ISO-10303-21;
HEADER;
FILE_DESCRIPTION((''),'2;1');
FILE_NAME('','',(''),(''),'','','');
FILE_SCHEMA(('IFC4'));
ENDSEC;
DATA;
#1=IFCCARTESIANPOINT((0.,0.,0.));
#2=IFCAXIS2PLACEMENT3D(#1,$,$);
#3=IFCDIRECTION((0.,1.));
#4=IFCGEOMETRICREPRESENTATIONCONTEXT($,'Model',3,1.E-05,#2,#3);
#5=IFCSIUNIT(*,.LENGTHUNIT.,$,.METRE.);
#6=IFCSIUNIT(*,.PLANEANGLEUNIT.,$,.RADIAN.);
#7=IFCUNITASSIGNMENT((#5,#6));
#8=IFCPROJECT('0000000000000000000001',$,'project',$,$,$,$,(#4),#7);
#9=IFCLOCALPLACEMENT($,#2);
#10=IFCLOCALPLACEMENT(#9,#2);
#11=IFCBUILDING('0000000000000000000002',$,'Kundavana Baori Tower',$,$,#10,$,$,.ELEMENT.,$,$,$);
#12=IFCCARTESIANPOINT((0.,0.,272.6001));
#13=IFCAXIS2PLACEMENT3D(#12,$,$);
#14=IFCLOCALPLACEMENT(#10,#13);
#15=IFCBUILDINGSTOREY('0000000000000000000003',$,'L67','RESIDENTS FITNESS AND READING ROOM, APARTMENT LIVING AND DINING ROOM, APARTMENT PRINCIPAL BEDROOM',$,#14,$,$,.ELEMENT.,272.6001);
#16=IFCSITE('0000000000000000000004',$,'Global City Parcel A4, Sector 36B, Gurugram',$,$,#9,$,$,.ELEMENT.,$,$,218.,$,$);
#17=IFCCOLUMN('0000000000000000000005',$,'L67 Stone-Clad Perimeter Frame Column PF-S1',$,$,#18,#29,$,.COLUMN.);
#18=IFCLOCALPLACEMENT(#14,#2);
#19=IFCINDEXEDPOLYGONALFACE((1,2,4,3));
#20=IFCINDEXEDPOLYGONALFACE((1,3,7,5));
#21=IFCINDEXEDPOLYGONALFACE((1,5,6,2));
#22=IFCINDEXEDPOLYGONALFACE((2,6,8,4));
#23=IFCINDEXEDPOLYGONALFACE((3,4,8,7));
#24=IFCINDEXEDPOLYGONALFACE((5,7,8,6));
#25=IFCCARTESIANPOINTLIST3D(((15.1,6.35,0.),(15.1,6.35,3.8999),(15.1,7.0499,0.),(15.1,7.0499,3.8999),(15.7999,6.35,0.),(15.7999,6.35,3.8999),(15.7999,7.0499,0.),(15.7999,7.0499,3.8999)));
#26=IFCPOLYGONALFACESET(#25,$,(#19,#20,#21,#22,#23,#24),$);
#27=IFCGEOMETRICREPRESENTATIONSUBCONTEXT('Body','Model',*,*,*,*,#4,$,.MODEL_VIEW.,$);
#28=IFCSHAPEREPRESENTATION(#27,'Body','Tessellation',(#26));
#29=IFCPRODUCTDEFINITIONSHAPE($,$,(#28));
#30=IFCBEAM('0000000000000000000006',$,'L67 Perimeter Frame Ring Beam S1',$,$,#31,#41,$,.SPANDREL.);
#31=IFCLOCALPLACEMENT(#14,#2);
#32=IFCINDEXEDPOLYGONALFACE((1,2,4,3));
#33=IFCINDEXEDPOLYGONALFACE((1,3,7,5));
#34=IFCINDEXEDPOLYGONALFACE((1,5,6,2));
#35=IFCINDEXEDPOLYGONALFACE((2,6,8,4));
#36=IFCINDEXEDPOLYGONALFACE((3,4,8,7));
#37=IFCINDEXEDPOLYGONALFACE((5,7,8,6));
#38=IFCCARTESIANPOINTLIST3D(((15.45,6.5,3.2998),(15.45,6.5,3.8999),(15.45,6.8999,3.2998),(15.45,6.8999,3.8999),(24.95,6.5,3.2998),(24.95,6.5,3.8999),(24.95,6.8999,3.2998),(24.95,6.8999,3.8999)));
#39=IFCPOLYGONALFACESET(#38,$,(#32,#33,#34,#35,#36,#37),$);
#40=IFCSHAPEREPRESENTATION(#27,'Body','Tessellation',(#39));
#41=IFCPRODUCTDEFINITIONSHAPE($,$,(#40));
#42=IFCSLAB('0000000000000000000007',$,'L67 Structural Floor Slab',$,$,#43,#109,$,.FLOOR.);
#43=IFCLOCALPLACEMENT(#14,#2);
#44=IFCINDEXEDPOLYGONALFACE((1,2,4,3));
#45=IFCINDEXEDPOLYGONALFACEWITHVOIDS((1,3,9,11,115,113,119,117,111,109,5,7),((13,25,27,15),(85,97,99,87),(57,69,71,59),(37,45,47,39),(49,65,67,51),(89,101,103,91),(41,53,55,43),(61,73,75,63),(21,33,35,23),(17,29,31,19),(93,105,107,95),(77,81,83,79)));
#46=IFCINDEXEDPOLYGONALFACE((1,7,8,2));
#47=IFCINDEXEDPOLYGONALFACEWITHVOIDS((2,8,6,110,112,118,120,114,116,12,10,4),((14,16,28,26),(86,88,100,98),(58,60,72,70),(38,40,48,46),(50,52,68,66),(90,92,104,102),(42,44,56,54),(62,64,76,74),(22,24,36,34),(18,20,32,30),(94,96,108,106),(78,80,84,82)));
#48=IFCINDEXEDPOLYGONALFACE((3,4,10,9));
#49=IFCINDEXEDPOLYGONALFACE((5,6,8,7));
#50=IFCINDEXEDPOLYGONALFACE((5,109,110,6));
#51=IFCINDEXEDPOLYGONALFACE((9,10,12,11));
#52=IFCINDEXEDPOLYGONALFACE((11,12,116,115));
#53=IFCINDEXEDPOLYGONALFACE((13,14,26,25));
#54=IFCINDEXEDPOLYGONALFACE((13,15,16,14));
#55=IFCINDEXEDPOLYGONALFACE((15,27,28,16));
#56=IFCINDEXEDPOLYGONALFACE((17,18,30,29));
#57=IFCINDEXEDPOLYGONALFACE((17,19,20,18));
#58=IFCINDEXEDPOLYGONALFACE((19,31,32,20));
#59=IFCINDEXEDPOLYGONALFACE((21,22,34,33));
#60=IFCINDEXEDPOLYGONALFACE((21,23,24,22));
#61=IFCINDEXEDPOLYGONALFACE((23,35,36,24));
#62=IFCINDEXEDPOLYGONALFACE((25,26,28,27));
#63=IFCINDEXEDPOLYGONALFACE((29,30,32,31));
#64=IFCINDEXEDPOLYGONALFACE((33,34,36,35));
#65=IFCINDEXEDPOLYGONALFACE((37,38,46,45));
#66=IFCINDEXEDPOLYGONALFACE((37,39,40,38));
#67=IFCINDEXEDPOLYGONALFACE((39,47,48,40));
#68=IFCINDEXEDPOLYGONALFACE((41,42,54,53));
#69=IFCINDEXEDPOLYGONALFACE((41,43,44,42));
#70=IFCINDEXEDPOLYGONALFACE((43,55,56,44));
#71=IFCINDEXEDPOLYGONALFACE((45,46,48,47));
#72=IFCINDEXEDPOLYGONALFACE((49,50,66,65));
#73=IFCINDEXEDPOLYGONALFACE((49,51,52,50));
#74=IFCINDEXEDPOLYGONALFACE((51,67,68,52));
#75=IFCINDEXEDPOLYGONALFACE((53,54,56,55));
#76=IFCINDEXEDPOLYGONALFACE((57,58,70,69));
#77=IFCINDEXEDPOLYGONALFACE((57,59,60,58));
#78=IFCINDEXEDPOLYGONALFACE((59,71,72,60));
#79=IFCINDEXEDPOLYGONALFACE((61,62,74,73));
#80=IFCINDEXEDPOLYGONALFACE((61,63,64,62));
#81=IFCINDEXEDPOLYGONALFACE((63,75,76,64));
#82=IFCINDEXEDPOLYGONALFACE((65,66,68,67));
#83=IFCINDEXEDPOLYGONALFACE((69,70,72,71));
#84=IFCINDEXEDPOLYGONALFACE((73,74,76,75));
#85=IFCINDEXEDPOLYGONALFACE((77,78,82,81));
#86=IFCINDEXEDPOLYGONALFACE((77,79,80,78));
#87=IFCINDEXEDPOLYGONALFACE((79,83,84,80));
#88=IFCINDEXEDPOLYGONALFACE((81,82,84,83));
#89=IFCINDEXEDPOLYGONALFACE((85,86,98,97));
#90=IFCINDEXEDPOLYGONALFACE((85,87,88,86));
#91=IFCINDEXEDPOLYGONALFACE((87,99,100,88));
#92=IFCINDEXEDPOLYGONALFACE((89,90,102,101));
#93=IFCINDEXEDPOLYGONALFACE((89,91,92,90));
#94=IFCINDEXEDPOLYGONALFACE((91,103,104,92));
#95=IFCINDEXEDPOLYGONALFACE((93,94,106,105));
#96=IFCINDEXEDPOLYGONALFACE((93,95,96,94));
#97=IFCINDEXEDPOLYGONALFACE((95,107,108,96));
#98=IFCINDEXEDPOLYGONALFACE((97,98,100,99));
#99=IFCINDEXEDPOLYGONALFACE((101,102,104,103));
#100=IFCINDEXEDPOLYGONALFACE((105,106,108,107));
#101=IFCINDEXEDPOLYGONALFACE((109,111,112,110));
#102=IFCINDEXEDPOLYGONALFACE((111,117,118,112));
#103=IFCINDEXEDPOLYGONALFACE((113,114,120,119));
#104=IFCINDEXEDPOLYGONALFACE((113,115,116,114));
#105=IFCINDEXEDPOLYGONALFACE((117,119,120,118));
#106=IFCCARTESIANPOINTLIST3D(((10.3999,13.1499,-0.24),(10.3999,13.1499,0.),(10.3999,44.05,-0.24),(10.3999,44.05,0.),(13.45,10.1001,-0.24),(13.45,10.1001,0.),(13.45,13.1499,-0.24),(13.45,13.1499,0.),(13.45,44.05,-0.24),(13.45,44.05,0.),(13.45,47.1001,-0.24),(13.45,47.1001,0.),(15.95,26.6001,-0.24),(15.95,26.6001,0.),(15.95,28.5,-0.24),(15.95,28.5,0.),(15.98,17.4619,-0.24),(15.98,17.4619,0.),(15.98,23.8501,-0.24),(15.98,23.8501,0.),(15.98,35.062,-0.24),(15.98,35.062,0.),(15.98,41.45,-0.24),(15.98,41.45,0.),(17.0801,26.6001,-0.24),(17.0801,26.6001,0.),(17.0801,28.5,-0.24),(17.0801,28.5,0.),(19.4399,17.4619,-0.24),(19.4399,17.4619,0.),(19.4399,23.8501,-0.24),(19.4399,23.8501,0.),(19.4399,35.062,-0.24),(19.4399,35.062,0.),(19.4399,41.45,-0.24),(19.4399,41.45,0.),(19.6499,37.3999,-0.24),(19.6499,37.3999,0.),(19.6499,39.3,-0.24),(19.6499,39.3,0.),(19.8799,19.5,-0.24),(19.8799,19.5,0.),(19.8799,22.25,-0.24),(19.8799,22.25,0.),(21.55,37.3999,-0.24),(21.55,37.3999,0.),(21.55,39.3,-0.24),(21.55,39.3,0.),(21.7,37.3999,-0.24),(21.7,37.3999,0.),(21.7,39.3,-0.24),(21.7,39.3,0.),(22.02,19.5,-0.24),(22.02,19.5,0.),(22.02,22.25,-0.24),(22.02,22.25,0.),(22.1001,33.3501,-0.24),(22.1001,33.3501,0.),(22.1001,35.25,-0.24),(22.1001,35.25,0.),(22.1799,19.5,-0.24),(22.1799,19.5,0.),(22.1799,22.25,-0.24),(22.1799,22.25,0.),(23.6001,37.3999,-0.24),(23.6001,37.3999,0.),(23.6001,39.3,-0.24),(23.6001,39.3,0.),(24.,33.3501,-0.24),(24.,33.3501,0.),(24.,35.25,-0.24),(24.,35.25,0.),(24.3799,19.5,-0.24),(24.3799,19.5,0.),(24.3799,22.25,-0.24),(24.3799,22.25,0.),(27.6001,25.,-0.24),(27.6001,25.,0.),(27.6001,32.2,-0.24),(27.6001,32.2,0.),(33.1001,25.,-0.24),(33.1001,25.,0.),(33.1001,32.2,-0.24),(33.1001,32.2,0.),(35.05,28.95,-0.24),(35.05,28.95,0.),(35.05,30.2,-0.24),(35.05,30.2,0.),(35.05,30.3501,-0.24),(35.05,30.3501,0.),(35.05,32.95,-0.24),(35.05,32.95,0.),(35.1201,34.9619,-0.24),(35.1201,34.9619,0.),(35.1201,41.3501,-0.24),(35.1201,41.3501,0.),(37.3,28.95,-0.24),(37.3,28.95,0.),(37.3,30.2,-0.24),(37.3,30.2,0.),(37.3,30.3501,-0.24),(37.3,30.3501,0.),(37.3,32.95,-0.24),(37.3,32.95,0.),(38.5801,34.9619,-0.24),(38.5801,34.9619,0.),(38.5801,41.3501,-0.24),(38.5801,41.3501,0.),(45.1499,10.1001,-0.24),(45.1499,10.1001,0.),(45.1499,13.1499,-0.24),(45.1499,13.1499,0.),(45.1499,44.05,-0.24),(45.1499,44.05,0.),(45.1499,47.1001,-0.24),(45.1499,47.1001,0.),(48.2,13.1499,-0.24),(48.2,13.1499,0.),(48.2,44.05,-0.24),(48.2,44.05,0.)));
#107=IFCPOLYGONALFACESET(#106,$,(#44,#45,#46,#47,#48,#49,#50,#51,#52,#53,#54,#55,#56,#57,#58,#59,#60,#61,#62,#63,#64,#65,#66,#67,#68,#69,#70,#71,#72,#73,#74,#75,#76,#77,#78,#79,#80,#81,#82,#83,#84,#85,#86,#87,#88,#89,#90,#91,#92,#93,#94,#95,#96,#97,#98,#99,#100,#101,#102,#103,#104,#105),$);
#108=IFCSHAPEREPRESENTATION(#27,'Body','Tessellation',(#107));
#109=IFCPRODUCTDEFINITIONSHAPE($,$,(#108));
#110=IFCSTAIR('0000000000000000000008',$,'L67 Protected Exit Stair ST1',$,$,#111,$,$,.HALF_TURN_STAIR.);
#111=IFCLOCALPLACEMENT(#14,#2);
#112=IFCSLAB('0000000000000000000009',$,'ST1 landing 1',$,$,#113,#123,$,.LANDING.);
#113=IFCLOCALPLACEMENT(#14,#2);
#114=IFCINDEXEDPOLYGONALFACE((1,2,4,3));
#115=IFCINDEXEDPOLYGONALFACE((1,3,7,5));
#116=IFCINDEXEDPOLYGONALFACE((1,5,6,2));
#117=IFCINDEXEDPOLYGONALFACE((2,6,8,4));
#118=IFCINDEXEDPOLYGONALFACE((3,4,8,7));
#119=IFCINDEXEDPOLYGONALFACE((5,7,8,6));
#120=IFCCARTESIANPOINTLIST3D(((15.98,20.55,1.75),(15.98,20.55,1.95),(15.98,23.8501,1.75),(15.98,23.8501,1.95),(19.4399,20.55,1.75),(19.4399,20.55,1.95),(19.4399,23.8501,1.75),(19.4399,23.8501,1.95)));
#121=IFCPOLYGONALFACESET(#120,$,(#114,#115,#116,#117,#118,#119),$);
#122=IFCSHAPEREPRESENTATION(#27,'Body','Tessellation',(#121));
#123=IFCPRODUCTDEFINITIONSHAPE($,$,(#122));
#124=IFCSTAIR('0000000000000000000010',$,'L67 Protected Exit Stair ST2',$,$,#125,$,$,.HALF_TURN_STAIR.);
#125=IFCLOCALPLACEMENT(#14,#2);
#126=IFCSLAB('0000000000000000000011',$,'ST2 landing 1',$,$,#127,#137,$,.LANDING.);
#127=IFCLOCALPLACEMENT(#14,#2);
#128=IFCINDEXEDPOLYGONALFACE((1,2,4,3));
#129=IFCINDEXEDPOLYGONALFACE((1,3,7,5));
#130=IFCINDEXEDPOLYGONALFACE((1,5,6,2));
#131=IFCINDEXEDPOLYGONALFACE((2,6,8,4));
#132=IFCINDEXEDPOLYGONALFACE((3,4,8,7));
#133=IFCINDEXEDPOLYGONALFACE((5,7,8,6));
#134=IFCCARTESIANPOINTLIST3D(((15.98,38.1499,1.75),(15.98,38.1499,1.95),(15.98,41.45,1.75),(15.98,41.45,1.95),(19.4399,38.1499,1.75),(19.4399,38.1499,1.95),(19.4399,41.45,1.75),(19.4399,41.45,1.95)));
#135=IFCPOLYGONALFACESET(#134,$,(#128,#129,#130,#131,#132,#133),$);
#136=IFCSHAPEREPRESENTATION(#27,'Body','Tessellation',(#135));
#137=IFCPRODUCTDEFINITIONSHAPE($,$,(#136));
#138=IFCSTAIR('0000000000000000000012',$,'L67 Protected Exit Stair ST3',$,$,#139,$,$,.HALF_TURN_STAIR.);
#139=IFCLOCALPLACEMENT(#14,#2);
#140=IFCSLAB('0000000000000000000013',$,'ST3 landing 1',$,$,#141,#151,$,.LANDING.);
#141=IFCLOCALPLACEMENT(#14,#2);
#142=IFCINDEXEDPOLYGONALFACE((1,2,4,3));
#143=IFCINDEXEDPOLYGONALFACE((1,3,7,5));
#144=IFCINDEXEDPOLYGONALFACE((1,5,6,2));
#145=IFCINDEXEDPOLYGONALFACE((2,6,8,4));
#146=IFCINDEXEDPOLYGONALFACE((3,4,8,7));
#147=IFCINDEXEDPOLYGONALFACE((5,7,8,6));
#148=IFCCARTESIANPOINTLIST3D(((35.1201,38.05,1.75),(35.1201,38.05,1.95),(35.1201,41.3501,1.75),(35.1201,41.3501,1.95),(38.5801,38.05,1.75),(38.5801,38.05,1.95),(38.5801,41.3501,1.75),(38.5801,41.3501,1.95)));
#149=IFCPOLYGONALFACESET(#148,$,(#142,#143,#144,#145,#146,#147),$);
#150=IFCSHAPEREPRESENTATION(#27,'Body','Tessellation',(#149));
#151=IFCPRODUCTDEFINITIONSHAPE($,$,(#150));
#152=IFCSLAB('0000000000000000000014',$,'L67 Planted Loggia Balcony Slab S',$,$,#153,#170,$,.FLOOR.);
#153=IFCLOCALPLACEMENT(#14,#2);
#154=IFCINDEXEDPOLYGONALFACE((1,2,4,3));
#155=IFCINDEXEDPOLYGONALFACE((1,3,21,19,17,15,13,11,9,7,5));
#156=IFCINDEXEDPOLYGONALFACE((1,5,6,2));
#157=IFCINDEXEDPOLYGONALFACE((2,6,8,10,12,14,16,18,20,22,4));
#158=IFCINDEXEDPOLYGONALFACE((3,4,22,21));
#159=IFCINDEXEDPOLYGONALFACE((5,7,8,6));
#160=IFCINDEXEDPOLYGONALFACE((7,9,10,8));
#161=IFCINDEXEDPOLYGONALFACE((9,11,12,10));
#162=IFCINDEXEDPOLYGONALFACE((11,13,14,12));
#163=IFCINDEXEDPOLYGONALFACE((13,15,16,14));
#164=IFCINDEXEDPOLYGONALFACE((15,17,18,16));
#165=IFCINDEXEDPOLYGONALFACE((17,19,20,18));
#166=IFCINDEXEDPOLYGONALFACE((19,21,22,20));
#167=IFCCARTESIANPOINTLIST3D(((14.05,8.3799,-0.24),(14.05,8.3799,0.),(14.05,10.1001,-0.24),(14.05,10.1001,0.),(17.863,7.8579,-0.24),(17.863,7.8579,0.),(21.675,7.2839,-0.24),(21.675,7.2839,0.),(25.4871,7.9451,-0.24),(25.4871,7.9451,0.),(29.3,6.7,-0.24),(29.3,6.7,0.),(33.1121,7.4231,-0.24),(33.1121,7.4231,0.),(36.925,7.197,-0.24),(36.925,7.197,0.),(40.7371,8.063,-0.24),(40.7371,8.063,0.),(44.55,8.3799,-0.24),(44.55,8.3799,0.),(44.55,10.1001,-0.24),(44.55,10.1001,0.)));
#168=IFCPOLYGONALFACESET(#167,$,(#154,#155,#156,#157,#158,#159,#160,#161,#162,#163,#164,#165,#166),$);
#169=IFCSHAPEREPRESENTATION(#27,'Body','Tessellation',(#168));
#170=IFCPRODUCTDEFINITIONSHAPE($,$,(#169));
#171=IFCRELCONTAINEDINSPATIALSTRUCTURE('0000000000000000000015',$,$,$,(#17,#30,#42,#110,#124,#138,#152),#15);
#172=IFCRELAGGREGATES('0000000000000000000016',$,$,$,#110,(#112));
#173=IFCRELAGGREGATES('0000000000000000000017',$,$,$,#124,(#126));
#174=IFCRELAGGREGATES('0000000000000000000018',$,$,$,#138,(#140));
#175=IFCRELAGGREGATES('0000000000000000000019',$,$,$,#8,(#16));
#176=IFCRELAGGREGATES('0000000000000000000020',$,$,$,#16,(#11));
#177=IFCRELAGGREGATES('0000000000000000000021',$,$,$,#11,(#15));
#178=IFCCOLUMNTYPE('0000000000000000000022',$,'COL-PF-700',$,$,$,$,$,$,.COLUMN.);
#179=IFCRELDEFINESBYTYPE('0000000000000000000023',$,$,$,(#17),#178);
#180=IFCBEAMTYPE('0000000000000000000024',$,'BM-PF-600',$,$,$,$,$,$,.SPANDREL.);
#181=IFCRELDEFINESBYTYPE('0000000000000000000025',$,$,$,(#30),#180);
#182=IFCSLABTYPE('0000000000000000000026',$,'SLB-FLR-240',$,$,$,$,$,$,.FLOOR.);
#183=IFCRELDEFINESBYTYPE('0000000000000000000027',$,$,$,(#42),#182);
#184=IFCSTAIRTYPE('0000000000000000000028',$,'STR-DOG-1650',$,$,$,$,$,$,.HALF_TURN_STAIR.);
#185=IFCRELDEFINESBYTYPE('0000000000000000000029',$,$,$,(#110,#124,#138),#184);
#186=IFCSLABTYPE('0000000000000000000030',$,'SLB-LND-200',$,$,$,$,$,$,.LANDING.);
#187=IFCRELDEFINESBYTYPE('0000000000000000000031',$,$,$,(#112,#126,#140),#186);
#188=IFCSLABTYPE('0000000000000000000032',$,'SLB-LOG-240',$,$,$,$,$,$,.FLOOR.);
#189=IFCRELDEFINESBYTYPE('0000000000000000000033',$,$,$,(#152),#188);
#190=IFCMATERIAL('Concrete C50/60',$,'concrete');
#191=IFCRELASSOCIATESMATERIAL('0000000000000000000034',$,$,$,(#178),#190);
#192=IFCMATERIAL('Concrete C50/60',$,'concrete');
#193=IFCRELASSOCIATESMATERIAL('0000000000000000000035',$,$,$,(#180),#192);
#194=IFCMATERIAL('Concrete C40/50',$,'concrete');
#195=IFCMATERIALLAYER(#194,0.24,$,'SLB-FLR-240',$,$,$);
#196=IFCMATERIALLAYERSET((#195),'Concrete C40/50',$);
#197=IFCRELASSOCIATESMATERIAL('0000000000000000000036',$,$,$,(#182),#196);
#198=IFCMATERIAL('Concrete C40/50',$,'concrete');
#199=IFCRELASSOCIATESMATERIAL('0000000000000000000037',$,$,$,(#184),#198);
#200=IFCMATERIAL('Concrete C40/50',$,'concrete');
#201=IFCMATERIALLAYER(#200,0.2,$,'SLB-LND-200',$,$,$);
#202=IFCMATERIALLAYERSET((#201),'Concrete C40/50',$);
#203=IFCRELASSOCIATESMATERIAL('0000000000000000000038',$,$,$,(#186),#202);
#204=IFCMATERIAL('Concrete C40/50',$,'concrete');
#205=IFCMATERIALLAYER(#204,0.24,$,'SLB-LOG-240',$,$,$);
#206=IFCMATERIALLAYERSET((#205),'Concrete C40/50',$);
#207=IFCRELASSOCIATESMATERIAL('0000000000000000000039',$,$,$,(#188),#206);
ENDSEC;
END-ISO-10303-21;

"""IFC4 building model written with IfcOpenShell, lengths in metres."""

from ifc_helpers import new_model, si_unit, direction, frame, origin, origin_2d, place, context, subcontext, project, spatial, polyline, rectangle, outline, extrude, material, layer, layer_set, material_profile, profile_set, type_object, element, aggregate, save


model = new_model("IFC4")

# Units and contexts
model_context = context("Model", 3, precision=1e-05, world=origin(), true_north=direction((0.0, 1.0)))
body_context = subcontext(model_context, "Body", "Model", "MODEL_VIEW")
ifc_project = project(units=[si_unit("LENGTHUNIT", "METRE"), si_unit("PLANEANGLEUNIT", "RADIAN")], contexts=[model_context])

# Site, building, storey
site_placement = place(None, origin())
site = spatial("IfcSite", under=ifc_project, at=site_placement, Name="Global City Parcel A4, Sector 36B, Gurugram", CompositionType="ELEMENT", RefElevation=218.0)
building_placement = place(site_placement, origin())
building = spatial("IfcBuilding", under=site, at=building_placement, Name="Kundavana Baori Tower", CompositionType="ELEMENT")
storey_placement = place(building_placement, frame((0.0, 0.0, 272.6001)))
storey = spatial("IfcBuildingStorey", under=building, at=storey_placement, Name="L67", Description="RESIDENTS FITNESS AND READING ROOM, APARTMENT LIVING AND DINING ROOM, APARTMENT PRINCIPAL BEDROOM", CompositionType="ELEMENT", Elevation=272.6001)

# Column
ifc_material_1 = material(Name="Concrete C50/60", Category="concrete")
ifc_material_profile_1 = material_profile(ifc_material_1, rectangle(XDim=0.7, YDim=0.7, at=origin_2d()), Name="RC PF 700x700")
ifc_profile_set_1 = profile_set([ifc_material_profile_1], Name="Concrete C50/60")
column_type = type_object("IfcColumnType", Name="COL-PF-700", PredefinedType="COLUMN", material=ifc_profile_set_1)
column_placement = place(storey_placement, frame((15.45, 6.7, 0.0), z_axis=(0.0, 0.0, 1.0), x_axis=(1.0, 0.0, 0.0)))
element("IfcColumn", 1, at=column_placement, inside=storey, type_object=column_type, Name="L67 Stone-Clad Perimeter Frame Column PF-S1", PredefinedType="COLUMN", context=body_context, shape_type="SweptSolid", body=[
    extrude(rectangle(XDim=0.7, YDim=0.7, at=origin_2d()), origin(), (0.0, 0.0, 1.0), 3.8999),
])

# Beam
ifc_material_2 = material(Name="Concrete C50/60", Category="concrete")
ifc_material_profile_2 = material_profile(ifc_material_2, rectangle(XDim=0.3999, YDim=0.6001, at=origin_2d()), Name="RC BM 400x600")
ifc_profile_set_2 = profile_set([ifc_material_profile_2], Name="Concrete C50/60")
beam_type = type_object("IfcBeamType", Name="BM-PF-600", PredefinedType="SPANDREL", material=ifc_profile_set_2)
beam_placement = place(storey_placement, frame((15.45, 6.7, 3.5999), z_axis=(1.0, 0.0, 0.0), x_axis=(0.0, 1.0, 0.0)))
element("IfcBeam", 2, at=beam_placement, inside=storey, type_object=beam_type, Name="L67 Perimeter Frame Ring Beam S1", PredefinedType="SPANDREL", context=body_context, shape_type="SweptSolid", body=[
    extrude(rectangle(XDim=0.3999, YDim=0.6001, at=origin_2d()), origin(), (0.0, 0.0, 1.0), 9.5),
])

# Slab
ifc_material_3 = material(Name="Concrete C40/50", Category="concrete")
ifc_layer_1 = layer(ifc_material_3, 0.24, Name="SLB-FLR-240")
ifc_layer_set_1 = layer_set([ifc_layer_1], Name="Concrete C40/50")
slab_type_1 = type_object("IfcSlabType", Name="SLB-FLR-240", PredefinedType="FLOOR", material=ifc_layer_set_1)
slab_1_placement = place(storey_placement, frame((0.0, 0.0, -0.24)))
element("IfcSlab", 3, at=slab_1_placement, inside=storey, type_object=slab_type_1, Name="L67 Structural Floor Slab", PredefinedType="FLOOR", context=body_context, shape_type="SweptSolid", body=[
    extrude(outline(polyline([(13.45, 10.1001), (45.1499, 10.1001), (45.1499, 13.1499), (48.2, 13.1499), (48.2, 44.05), (45.1499, 44.05), (45.1499, 47.1001), (13.45, 47.1001), (13.45, 44.05), (10.3999, 44.05), (10.3999, 13.1499), (13.45, 13.1499), (13.45, 10.1001)]), holes=[polyline([(19.4399, 17.4619), (19.4399, 23.8501), (15.98, 23.8501), (15.98, 17.4619), (19.4399, 17.4619)]), polyline([(19.4399, 35.062), (19.4399, 41.45), (15.98, 41.45), (15.98, 35.062), (19.4399, 35.062)]), polyline([(38.5801, 34.9619), (38.5801, 41.3501), (35.1201, 41.3501), (35.1201, 34.9619), (38.5801, 34.9619)]), polyline([(19.6499, 37.3999), (21.55, 37.3999), (21.55, 39.3), (19.6499, 39.3), (19.6499, 37.3999)]), polyline([(21.7, 37.3999), (23.6001, 37.3999), (23.6001, 39.3), (21.7, 39.3), (21.7, 37.3999)]), polyline([(22.1001, 33.3501), (24.0, 33.3501), (24.0, 35.25), (22.1001, 35.25), (22.1001, 33.3501)]), polyline([(19.8799, 19.5), (22.02, 19.5), (22.02, 22.25), (19.8799, 22.25), (19.8799, 19.5)]), polyline([(22.1799, 19.5), (24.3799, 19.5), (24.3799, 22.25), (22.1799, 22.25), (22.1799, 19.5)]), polyline([(35.05, 30.3501), (37.3, 30.3501), (37.3, 32.95), (35.05, 32.95), (35.05, 30.3501)]), polyline([(15.95, 26.6001), (17.0801, 26.6001), (17.0801, 28.5), (15.95, 28.5), (15.95, 26.6001)]), polyline([(35.05, 28.95), (37.3, 28.95), (37.3, 30.2), (35.05, 30.2), (35.05, 28.95)]), polyline([(27.6001, 25.0), (33.1001, 25.0), (33.1001, 32.2), (27.6001, 32.2), (27.6001, 25.0)])]), origin(), (0.0, 0.0, 1.0), 0.24),
])

# Stairs, slabs
ifc_material_4 = material(Name="Concrete C40/50", Category="concrete")
stair_type = type_object("IfcStairType", Name="STR-DOG-1650", PredefinedType="HALF_TURN_STAIR", material=ifc_material_4)
stair_1_placement = place(storey_placement, origin())
stair_1 = element("IfcStair", 4, at=stair_1_placement, inside=storey, type_object=stair_type, Name="L67 Protected Exit Stair ST1", PredefinedType="HALF_TURN_STAIR")
ifc_material_5 = material(Name="Concrete C40/50", Category="concrete")
ifc_layer_2 = layer(ifc_material_5, 0.2, Name="SLB-LND-200")
ifc_layer_set_2 = layer_set([ifc_layer_2], Name="Concrete C40/50")
slab_type_2 = type_object("IfcSlabType", Name="SLB-LND-200", PredefinedType="LANDING", material=ifc_layer_set_2)
slab_2_placement = place(storey_placement, frame((0.0, 0.0, 1.75)))
slab_2 = element("IfcSlab", 5, at=slab_2_placement, type_object=slab_type_2, Name="ST1 landing 1", PredefinedType="LANDING", context=body_context, shape_type="SweptSolid", body=[
    extrude(outline(polyline([(19.4399, 20.55), (19.4399, 23.8501), (15.98, 23.8501), (15.98, 20.55), (19.4399, 20.55)])), origin(), (0.0, 0.0, 1.0), 0.2),
])
aggregate(stair_1, [slab_2])
stair_2_placement = place(storey_placement, origin())
stair_2 = element("IfcStair", 6, at=stair_2_placement, inside=storey, type_object=stair_type, Name="L67 Protected Exit Stair ST2", PredefinedType="HALF_TURN_STAIR")
slab_3_placement = place(storey_placement, frame((0.0, 0.0, 1.75)))
slab_3 = element("IfcSlab", 7, at=slab_3_placement, type_object=slab_type_2, Name="ST2 landing 1", PredefinedType="LANDING", context=body_context, shape_type="SweptSolid", body=[
    extrude(outline(polyline([(19.4399, 38.1499), (19.4399, 41.45), (15.98, 41.45), (15.98, 38.1499), (19.4399, 38.1499)])), origin(), (0.0, 0.0, 1.0), 0.2),
])
aggregate(stair_2, [slab_3])
stair_3_placement = place(storey_placement, origin())
stair_3 = element("IfcStair", 8, at=stair_3_placement, inside=storey, type_object=stair_type, Name="L67 Protected Exit Stair ST3", PredefinedType="HALF_TURN_STAIR")
slab_4_placement = place(storey_placement, frame((0.0, 0.0, 1.75)))
slab_4 = element("IfcSlab", 9, at=slab_4_placement, type_object=slab_type_2, Name="ST3 landing 1", PredefinedType="LANDING", context=body_context, shape_type="SweptSolid", body=[
    extrude(outline(polyline([(38.5801, 38.05), (38.5801, 41.3501), (35.1201, 41.3501), (35.1201, 38.05), (38.5801, 38.05)])), origin(), (0.0, 0.0, 1.0), 0.2),
])
aggregate(stair_3, [slab_4])

# Slab
ifc_material_6 = material(Name="Concrete C40/50", Category="concrete")
ifc_layer_3 = layer(ifc_material_6, 0.24, Name="SLB-LOG-240")
ifc_layer_set_3 = layer_set([ifc_layer_3], Name="Concrete C40/50")
slab_type_3 = type_object("IfcSlabType", Name="SLB-LOG-240", PredefinedType="FLOOR", material=ifc_layer_set_3)
slab_5_placement = place(storey_placement, frame((0.0, 0.0, -0.24)))
element("IfcSlab", 10, at=slab_5_placement, inside=storey, type_object=slab_type_3, Name="L67 Planted Loggia Balcony Slab S", PredefinedType="FLOOR", context=body_context, shape_type="SweptSolid", body=[
    extrude(outline(polyline([(14.05, 10.1001), (44.55, 10.1001), (44.55, 8.3799), (40.7371, 8.063), (36.925, 7.197), (33.1121, 7.4231), (29.3, 6.7), (25.4871, 7.9451), (21.675, 7.2839), (17.863, 7.8579), (14.05, 8.3799), (14.05, 10.1001)])), origin(), (0.0, 0.0, 1.0), 0.24),
])

save(model, "model.ifc")
